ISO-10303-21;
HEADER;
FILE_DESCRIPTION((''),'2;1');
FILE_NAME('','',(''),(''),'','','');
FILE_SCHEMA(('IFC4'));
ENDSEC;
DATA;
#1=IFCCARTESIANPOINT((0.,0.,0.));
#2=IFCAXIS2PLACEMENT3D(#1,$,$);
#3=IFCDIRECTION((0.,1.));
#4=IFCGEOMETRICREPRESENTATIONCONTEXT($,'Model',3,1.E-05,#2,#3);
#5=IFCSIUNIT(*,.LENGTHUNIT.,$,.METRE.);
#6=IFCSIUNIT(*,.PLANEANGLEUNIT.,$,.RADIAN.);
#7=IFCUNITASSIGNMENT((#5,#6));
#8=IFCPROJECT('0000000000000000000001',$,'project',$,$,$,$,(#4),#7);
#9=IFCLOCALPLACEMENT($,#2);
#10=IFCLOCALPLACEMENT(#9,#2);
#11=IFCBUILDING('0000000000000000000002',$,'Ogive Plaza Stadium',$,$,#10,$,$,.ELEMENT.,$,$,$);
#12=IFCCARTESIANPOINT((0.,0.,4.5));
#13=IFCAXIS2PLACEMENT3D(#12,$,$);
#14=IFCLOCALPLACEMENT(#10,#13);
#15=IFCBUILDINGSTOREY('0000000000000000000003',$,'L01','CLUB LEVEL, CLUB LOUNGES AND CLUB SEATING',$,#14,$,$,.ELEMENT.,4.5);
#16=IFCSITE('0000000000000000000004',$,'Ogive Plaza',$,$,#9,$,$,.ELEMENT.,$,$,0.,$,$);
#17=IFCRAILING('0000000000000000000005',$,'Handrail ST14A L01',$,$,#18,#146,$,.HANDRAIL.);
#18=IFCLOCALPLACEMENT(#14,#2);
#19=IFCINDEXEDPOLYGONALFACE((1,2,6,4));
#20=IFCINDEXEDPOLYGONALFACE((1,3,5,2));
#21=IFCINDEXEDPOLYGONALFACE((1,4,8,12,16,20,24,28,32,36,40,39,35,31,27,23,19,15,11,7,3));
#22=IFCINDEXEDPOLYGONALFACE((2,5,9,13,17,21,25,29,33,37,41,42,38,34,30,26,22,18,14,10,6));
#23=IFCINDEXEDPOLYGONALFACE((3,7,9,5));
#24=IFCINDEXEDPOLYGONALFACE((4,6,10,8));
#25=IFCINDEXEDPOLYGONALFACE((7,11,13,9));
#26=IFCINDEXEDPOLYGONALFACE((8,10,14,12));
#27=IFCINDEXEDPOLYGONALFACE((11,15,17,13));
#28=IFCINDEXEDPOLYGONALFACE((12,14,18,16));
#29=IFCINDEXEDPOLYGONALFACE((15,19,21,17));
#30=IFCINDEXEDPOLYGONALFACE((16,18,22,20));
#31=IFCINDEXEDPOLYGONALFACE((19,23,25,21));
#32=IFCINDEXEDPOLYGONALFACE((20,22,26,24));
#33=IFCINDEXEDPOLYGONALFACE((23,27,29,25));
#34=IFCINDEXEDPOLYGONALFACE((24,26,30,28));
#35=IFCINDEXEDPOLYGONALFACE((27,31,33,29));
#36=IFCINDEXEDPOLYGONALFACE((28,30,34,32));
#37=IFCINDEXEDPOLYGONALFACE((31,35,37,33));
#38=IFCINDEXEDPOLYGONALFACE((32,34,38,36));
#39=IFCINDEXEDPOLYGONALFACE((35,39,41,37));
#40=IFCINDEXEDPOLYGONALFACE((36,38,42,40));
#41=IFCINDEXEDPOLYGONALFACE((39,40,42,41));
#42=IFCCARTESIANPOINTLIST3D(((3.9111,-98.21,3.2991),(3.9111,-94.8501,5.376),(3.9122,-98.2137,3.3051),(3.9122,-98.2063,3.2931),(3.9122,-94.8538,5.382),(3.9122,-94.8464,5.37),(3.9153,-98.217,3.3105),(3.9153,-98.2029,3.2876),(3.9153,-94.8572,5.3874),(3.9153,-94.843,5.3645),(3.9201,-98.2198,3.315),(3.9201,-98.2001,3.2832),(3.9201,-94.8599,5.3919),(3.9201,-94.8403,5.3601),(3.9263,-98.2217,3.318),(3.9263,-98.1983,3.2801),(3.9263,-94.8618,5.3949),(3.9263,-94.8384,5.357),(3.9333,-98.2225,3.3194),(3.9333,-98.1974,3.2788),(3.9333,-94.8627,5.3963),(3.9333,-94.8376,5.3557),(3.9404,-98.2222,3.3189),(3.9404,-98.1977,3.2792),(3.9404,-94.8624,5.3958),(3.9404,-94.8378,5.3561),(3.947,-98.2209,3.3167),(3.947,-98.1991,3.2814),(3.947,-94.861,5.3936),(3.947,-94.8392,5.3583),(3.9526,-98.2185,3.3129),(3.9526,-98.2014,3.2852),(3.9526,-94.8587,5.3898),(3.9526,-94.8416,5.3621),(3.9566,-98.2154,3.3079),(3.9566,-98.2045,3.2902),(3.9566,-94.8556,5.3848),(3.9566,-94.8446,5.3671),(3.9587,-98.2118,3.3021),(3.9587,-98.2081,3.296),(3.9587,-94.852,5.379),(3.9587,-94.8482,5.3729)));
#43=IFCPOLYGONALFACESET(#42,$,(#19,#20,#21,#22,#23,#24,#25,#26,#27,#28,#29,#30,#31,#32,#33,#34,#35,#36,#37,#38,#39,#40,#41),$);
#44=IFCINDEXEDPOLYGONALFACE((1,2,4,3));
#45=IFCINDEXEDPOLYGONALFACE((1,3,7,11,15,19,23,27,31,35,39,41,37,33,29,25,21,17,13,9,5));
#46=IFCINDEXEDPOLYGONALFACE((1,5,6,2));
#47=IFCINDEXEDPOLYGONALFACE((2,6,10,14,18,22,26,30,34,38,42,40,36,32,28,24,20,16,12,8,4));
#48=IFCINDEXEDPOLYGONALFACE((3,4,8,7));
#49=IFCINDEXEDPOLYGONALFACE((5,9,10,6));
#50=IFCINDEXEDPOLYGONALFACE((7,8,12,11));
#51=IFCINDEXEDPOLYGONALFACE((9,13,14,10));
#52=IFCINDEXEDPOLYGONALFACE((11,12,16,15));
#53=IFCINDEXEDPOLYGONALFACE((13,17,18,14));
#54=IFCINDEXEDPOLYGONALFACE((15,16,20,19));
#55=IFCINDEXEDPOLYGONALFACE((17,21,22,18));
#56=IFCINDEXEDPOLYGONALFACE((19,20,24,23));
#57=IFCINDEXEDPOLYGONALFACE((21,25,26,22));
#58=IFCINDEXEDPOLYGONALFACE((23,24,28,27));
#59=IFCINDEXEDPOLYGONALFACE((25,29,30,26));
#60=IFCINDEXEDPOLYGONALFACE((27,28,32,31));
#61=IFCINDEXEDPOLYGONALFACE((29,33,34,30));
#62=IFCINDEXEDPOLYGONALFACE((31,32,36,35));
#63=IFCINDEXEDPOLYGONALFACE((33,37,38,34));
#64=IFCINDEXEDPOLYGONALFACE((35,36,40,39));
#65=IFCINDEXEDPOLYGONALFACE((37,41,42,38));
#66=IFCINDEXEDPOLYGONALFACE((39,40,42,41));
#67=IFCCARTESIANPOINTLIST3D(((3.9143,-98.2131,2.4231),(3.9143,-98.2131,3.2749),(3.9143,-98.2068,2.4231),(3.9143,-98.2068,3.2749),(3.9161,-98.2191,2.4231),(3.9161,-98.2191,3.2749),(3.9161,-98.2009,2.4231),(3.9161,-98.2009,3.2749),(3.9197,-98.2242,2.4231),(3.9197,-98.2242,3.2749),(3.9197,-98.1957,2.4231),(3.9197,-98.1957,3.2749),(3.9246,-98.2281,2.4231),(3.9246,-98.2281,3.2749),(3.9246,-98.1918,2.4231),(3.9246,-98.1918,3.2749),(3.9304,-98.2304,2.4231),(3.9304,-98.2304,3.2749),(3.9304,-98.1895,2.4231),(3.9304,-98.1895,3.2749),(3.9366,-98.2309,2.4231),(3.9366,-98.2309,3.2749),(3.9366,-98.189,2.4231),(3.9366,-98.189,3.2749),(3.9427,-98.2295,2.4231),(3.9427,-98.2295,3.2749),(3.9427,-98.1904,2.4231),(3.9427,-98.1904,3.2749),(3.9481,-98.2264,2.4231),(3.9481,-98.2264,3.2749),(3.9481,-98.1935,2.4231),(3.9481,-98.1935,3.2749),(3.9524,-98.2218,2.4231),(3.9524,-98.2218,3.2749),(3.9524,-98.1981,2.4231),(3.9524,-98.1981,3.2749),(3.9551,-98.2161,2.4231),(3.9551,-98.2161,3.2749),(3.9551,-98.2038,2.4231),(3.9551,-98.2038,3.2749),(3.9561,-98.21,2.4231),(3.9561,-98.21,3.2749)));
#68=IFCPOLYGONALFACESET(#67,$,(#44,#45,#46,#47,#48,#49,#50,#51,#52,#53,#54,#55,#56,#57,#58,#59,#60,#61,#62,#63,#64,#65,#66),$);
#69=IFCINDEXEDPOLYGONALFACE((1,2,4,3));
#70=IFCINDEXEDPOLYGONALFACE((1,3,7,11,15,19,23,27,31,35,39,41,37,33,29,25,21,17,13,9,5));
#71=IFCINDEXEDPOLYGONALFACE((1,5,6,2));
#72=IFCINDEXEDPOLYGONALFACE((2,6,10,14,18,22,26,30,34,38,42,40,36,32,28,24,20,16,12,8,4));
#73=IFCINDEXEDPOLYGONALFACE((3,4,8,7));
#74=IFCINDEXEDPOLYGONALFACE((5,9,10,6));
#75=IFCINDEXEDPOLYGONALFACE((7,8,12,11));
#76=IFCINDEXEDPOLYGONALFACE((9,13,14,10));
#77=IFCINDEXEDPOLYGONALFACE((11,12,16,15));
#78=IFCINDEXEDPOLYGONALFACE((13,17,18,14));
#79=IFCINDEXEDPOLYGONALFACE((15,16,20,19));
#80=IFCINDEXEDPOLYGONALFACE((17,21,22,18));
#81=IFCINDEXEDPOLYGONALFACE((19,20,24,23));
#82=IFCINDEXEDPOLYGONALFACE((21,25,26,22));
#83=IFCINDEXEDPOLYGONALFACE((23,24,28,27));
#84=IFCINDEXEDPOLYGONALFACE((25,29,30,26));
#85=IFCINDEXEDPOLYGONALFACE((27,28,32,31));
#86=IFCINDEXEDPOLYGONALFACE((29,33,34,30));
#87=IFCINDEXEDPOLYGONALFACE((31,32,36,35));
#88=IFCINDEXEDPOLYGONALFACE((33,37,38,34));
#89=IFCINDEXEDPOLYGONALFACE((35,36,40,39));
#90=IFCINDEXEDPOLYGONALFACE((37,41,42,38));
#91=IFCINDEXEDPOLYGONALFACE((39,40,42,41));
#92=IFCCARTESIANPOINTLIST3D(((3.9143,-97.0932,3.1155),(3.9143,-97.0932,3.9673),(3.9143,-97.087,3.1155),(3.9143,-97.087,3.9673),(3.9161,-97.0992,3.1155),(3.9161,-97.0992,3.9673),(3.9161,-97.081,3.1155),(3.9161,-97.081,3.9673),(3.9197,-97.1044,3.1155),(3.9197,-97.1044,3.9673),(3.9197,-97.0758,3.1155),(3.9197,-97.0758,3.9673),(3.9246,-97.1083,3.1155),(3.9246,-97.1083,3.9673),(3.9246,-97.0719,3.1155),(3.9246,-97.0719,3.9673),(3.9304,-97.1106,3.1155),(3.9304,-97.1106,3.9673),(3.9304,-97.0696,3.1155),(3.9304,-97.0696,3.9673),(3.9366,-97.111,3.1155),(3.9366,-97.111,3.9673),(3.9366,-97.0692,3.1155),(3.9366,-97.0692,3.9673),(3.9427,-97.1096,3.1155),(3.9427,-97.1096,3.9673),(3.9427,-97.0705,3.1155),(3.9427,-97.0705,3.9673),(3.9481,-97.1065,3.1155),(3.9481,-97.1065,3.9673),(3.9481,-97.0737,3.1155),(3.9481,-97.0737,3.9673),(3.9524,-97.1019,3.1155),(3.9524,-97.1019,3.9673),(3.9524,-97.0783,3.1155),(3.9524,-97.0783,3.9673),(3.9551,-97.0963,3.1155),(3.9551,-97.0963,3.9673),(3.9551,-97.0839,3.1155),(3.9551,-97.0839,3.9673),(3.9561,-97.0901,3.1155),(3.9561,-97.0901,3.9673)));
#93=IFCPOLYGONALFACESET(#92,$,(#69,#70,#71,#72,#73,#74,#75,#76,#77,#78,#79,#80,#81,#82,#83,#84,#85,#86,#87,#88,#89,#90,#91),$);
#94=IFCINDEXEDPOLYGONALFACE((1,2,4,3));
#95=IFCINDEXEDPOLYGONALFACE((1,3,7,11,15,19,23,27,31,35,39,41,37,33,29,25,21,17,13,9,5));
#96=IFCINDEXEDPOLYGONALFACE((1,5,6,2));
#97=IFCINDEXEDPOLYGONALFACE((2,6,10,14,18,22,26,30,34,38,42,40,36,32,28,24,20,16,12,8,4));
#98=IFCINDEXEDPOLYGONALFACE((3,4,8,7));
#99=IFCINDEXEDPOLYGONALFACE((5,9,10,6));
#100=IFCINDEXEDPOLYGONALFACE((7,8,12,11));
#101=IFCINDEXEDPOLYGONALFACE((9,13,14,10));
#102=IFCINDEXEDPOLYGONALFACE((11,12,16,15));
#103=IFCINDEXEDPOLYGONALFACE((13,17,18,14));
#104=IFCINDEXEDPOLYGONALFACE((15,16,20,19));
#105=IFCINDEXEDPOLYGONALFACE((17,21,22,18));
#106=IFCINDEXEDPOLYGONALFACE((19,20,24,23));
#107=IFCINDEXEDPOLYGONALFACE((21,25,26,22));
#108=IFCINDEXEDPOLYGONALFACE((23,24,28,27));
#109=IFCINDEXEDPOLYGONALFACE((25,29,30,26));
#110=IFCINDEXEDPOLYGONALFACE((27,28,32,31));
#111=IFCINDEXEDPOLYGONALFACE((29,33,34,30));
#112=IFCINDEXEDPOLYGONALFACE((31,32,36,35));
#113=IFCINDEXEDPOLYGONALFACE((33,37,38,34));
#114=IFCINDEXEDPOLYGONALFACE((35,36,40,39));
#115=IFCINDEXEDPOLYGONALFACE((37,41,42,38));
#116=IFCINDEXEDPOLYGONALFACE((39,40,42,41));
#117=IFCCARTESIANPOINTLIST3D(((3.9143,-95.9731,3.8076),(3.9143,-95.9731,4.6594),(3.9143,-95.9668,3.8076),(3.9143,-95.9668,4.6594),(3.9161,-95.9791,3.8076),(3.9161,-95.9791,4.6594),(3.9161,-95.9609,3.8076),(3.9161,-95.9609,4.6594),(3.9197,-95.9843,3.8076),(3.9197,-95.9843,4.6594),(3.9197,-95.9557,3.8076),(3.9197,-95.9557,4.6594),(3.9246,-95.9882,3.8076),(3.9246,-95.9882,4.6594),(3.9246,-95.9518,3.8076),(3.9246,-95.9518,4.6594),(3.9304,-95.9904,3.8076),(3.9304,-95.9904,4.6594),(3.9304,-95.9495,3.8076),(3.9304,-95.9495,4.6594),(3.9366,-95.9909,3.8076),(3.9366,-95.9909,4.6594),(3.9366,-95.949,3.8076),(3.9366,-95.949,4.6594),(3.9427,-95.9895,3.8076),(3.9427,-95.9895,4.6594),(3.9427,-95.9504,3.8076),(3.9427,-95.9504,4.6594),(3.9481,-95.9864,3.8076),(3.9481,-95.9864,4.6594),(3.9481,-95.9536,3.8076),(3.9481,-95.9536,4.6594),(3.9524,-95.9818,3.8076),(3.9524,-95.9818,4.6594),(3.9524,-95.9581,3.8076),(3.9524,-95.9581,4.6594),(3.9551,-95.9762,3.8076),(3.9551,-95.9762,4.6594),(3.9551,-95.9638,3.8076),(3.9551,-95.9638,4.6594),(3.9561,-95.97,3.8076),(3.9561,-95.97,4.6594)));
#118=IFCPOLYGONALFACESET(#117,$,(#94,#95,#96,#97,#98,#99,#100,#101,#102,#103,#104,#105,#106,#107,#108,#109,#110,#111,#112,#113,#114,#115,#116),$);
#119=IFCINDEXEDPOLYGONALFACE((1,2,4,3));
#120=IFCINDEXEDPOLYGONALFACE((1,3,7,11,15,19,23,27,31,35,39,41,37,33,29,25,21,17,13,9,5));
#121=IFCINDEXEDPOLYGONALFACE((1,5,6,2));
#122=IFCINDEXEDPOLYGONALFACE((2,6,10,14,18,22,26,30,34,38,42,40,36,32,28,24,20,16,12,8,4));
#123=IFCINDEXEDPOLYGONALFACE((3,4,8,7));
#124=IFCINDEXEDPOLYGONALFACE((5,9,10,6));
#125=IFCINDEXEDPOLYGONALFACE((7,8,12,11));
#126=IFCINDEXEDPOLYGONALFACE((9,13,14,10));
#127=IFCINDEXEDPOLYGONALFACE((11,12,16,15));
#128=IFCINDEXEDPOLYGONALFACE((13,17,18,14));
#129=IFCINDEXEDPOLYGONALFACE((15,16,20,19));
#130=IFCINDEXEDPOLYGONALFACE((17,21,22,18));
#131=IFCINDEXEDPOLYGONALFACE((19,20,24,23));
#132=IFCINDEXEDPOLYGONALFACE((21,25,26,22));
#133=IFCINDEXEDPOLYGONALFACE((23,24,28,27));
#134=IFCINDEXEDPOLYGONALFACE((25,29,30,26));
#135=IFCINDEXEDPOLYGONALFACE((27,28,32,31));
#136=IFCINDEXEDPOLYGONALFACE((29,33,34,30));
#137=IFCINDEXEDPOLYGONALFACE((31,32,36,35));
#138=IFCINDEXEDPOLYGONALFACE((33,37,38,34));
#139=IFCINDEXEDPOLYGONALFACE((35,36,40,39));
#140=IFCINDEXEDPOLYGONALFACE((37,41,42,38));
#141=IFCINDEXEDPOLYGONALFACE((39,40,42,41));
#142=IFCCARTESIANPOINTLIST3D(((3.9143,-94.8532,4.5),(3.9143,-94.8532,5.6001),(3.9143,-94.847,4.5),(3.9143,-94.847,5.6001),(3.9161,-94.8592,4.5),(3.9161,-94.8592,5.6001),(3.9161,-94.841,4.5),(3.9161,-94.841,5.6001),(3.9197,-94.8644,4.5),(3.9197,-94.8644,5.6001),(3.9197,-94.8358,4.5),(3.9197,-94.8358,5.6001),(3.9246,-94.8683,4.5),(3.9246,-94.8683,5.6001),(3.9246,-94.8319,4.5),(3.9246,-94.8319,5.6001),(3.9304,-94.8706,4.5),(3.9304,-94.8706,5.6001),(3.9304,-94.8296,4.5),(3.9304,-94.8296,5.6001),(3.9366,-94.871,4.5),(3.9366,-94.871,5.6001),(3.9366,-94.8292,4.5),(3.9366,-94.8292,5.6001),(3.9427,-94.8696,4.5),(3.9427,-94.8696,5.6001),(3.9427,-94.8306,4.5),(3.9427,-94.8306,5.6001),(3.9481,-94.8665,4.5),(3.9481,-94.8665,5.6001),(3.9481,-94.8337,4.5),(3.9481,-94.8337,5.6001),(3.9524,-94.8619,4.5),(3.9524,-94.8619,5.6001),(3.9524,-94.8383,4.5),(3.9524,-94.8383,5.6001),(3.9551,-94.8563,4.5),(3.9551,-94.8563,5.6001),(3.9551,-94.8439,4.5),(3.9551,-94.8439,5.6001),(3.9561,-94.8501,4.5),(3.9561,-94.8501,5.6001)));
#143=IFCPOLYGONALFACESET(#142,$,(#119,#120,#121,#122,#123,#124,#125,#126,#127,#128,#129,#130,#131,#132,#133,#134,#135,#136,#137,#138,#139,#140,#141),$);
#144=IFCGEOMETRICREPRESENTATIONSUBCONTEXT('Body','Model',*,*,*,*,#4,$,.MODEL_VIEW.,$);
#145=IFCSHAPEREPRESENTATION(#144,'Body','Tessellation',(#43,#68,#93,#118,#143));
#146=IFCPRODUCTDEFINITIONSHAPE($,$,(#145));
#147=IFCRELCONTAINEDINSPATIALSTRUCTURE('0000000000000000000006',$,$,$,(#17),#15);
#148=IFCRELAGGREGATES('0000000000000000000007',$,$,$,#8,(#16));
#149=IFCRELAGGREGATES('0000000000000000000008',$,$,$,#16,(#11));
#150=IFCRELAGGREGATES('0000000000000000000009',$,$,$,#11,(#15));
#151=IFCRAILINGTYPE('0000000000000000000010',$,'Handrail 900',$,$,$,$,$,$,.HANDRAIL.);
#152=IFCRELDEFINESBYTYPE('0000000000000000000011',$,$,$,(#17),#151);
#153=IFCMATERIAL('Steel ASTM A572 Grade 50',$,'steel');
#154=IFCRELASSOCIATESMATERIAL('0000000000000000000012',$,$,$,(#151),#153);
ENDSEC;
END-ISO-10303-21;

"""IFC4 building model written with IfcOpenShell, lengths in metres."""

from ifc_helpers import new_model, si_unit, direction, frame, origin, origin_2d, place, context, subcontext, project, spatial, circle, extrude, material, type_object, element, save


model = new_model("IFC4")

# Units and contexts
model_context = context("Model", 3, precision=1e-05, world=origin(), true_north=direction((0.0, 1.0)))
body_context = subcontext(model_context, "Body", "Model", "MODEL_VIEW")
ifc_project = project(units=[si_unit("LENGTHUNIT", "METRE"), si_unit("PLANEANGLEUNIT", "RADIAN")], contexts=[model_context])

# Site, building, storey
site_placement = place(None, origin())
site = spatial("IfcSite", under=ifc_project, at=site_placement, Name="Ogive Plaza", CompositionType="ELEMENT", RefElevation=0.0)
building_placement = place(site_placement, origin())
building = spatial("IfcBuilding", under=site, at=building_placement, Name="Ogive Plaza Stadium", CompositionType="ELEMENT")
storey_placement = place(building_placement, frame((0.0, 0.0, 4.5)))
storey = spatial("IfcBuildingStorey", under=building, at=storey_placement, Name="L01", Description="CLUB LEVEL, CLUB LOUNGES AND CLUB SEATING", CompositionType="ELEMENT", Elevation=4.5)

# Railing
ifc_material_1 = material(Name="Steel ASTM A572 Grade 50", Category="steel")
railing_type_1 = type_object("IfcRailingType", Name="Handrail 900", PredefinedType="HANDRAIL", material=ifc_material_1)
for number, where, name in (
    (1, (3.9351, -98.21, 2.4231), "Handrail ST14A L01"),
):
    element("IfcRailing", number, at=place(storey_placement, frame(where)), inside=storey, type_object=railing_type_1, Name=name, PredefinedType="HANDRAIL", context=body_context, shape_type="SweptSolid", body=[
        extrude(circle(Radius=0.0239, at=origin_2d()), frame((0.0, 0.0, 0.876), z_axis=(0.0, 0.850606, 0.525803), x_axis=(-1.0, 0.0, 0.0)), (0.0, 0.0, 1.0), 3.95),
        extrude(circle(Radius=0.021, at=origin_2d()), origin(), (0.0, 0.0, 1.0), 0.8518),
        extrude(circle(Radius=0.021, at=origin_2d()), frame((0.0, 1.1199, 0.6924)), (0.0, 0.0, 1.0), 0.8518),
        extrude(circle(Radius=0.021, at=origin_2d()), frame((0.0, 2.24, 1.3845)), (0.0, 0.0, 1.0), 0.8518),
        extrude(circle(Radius=0.021, at=origin_2d()), frame((0.0, 3.3599, 2.0769)), (0.0, 0.0, 1.0), 1.1001),
    ])

save(model, "model.ifc")
